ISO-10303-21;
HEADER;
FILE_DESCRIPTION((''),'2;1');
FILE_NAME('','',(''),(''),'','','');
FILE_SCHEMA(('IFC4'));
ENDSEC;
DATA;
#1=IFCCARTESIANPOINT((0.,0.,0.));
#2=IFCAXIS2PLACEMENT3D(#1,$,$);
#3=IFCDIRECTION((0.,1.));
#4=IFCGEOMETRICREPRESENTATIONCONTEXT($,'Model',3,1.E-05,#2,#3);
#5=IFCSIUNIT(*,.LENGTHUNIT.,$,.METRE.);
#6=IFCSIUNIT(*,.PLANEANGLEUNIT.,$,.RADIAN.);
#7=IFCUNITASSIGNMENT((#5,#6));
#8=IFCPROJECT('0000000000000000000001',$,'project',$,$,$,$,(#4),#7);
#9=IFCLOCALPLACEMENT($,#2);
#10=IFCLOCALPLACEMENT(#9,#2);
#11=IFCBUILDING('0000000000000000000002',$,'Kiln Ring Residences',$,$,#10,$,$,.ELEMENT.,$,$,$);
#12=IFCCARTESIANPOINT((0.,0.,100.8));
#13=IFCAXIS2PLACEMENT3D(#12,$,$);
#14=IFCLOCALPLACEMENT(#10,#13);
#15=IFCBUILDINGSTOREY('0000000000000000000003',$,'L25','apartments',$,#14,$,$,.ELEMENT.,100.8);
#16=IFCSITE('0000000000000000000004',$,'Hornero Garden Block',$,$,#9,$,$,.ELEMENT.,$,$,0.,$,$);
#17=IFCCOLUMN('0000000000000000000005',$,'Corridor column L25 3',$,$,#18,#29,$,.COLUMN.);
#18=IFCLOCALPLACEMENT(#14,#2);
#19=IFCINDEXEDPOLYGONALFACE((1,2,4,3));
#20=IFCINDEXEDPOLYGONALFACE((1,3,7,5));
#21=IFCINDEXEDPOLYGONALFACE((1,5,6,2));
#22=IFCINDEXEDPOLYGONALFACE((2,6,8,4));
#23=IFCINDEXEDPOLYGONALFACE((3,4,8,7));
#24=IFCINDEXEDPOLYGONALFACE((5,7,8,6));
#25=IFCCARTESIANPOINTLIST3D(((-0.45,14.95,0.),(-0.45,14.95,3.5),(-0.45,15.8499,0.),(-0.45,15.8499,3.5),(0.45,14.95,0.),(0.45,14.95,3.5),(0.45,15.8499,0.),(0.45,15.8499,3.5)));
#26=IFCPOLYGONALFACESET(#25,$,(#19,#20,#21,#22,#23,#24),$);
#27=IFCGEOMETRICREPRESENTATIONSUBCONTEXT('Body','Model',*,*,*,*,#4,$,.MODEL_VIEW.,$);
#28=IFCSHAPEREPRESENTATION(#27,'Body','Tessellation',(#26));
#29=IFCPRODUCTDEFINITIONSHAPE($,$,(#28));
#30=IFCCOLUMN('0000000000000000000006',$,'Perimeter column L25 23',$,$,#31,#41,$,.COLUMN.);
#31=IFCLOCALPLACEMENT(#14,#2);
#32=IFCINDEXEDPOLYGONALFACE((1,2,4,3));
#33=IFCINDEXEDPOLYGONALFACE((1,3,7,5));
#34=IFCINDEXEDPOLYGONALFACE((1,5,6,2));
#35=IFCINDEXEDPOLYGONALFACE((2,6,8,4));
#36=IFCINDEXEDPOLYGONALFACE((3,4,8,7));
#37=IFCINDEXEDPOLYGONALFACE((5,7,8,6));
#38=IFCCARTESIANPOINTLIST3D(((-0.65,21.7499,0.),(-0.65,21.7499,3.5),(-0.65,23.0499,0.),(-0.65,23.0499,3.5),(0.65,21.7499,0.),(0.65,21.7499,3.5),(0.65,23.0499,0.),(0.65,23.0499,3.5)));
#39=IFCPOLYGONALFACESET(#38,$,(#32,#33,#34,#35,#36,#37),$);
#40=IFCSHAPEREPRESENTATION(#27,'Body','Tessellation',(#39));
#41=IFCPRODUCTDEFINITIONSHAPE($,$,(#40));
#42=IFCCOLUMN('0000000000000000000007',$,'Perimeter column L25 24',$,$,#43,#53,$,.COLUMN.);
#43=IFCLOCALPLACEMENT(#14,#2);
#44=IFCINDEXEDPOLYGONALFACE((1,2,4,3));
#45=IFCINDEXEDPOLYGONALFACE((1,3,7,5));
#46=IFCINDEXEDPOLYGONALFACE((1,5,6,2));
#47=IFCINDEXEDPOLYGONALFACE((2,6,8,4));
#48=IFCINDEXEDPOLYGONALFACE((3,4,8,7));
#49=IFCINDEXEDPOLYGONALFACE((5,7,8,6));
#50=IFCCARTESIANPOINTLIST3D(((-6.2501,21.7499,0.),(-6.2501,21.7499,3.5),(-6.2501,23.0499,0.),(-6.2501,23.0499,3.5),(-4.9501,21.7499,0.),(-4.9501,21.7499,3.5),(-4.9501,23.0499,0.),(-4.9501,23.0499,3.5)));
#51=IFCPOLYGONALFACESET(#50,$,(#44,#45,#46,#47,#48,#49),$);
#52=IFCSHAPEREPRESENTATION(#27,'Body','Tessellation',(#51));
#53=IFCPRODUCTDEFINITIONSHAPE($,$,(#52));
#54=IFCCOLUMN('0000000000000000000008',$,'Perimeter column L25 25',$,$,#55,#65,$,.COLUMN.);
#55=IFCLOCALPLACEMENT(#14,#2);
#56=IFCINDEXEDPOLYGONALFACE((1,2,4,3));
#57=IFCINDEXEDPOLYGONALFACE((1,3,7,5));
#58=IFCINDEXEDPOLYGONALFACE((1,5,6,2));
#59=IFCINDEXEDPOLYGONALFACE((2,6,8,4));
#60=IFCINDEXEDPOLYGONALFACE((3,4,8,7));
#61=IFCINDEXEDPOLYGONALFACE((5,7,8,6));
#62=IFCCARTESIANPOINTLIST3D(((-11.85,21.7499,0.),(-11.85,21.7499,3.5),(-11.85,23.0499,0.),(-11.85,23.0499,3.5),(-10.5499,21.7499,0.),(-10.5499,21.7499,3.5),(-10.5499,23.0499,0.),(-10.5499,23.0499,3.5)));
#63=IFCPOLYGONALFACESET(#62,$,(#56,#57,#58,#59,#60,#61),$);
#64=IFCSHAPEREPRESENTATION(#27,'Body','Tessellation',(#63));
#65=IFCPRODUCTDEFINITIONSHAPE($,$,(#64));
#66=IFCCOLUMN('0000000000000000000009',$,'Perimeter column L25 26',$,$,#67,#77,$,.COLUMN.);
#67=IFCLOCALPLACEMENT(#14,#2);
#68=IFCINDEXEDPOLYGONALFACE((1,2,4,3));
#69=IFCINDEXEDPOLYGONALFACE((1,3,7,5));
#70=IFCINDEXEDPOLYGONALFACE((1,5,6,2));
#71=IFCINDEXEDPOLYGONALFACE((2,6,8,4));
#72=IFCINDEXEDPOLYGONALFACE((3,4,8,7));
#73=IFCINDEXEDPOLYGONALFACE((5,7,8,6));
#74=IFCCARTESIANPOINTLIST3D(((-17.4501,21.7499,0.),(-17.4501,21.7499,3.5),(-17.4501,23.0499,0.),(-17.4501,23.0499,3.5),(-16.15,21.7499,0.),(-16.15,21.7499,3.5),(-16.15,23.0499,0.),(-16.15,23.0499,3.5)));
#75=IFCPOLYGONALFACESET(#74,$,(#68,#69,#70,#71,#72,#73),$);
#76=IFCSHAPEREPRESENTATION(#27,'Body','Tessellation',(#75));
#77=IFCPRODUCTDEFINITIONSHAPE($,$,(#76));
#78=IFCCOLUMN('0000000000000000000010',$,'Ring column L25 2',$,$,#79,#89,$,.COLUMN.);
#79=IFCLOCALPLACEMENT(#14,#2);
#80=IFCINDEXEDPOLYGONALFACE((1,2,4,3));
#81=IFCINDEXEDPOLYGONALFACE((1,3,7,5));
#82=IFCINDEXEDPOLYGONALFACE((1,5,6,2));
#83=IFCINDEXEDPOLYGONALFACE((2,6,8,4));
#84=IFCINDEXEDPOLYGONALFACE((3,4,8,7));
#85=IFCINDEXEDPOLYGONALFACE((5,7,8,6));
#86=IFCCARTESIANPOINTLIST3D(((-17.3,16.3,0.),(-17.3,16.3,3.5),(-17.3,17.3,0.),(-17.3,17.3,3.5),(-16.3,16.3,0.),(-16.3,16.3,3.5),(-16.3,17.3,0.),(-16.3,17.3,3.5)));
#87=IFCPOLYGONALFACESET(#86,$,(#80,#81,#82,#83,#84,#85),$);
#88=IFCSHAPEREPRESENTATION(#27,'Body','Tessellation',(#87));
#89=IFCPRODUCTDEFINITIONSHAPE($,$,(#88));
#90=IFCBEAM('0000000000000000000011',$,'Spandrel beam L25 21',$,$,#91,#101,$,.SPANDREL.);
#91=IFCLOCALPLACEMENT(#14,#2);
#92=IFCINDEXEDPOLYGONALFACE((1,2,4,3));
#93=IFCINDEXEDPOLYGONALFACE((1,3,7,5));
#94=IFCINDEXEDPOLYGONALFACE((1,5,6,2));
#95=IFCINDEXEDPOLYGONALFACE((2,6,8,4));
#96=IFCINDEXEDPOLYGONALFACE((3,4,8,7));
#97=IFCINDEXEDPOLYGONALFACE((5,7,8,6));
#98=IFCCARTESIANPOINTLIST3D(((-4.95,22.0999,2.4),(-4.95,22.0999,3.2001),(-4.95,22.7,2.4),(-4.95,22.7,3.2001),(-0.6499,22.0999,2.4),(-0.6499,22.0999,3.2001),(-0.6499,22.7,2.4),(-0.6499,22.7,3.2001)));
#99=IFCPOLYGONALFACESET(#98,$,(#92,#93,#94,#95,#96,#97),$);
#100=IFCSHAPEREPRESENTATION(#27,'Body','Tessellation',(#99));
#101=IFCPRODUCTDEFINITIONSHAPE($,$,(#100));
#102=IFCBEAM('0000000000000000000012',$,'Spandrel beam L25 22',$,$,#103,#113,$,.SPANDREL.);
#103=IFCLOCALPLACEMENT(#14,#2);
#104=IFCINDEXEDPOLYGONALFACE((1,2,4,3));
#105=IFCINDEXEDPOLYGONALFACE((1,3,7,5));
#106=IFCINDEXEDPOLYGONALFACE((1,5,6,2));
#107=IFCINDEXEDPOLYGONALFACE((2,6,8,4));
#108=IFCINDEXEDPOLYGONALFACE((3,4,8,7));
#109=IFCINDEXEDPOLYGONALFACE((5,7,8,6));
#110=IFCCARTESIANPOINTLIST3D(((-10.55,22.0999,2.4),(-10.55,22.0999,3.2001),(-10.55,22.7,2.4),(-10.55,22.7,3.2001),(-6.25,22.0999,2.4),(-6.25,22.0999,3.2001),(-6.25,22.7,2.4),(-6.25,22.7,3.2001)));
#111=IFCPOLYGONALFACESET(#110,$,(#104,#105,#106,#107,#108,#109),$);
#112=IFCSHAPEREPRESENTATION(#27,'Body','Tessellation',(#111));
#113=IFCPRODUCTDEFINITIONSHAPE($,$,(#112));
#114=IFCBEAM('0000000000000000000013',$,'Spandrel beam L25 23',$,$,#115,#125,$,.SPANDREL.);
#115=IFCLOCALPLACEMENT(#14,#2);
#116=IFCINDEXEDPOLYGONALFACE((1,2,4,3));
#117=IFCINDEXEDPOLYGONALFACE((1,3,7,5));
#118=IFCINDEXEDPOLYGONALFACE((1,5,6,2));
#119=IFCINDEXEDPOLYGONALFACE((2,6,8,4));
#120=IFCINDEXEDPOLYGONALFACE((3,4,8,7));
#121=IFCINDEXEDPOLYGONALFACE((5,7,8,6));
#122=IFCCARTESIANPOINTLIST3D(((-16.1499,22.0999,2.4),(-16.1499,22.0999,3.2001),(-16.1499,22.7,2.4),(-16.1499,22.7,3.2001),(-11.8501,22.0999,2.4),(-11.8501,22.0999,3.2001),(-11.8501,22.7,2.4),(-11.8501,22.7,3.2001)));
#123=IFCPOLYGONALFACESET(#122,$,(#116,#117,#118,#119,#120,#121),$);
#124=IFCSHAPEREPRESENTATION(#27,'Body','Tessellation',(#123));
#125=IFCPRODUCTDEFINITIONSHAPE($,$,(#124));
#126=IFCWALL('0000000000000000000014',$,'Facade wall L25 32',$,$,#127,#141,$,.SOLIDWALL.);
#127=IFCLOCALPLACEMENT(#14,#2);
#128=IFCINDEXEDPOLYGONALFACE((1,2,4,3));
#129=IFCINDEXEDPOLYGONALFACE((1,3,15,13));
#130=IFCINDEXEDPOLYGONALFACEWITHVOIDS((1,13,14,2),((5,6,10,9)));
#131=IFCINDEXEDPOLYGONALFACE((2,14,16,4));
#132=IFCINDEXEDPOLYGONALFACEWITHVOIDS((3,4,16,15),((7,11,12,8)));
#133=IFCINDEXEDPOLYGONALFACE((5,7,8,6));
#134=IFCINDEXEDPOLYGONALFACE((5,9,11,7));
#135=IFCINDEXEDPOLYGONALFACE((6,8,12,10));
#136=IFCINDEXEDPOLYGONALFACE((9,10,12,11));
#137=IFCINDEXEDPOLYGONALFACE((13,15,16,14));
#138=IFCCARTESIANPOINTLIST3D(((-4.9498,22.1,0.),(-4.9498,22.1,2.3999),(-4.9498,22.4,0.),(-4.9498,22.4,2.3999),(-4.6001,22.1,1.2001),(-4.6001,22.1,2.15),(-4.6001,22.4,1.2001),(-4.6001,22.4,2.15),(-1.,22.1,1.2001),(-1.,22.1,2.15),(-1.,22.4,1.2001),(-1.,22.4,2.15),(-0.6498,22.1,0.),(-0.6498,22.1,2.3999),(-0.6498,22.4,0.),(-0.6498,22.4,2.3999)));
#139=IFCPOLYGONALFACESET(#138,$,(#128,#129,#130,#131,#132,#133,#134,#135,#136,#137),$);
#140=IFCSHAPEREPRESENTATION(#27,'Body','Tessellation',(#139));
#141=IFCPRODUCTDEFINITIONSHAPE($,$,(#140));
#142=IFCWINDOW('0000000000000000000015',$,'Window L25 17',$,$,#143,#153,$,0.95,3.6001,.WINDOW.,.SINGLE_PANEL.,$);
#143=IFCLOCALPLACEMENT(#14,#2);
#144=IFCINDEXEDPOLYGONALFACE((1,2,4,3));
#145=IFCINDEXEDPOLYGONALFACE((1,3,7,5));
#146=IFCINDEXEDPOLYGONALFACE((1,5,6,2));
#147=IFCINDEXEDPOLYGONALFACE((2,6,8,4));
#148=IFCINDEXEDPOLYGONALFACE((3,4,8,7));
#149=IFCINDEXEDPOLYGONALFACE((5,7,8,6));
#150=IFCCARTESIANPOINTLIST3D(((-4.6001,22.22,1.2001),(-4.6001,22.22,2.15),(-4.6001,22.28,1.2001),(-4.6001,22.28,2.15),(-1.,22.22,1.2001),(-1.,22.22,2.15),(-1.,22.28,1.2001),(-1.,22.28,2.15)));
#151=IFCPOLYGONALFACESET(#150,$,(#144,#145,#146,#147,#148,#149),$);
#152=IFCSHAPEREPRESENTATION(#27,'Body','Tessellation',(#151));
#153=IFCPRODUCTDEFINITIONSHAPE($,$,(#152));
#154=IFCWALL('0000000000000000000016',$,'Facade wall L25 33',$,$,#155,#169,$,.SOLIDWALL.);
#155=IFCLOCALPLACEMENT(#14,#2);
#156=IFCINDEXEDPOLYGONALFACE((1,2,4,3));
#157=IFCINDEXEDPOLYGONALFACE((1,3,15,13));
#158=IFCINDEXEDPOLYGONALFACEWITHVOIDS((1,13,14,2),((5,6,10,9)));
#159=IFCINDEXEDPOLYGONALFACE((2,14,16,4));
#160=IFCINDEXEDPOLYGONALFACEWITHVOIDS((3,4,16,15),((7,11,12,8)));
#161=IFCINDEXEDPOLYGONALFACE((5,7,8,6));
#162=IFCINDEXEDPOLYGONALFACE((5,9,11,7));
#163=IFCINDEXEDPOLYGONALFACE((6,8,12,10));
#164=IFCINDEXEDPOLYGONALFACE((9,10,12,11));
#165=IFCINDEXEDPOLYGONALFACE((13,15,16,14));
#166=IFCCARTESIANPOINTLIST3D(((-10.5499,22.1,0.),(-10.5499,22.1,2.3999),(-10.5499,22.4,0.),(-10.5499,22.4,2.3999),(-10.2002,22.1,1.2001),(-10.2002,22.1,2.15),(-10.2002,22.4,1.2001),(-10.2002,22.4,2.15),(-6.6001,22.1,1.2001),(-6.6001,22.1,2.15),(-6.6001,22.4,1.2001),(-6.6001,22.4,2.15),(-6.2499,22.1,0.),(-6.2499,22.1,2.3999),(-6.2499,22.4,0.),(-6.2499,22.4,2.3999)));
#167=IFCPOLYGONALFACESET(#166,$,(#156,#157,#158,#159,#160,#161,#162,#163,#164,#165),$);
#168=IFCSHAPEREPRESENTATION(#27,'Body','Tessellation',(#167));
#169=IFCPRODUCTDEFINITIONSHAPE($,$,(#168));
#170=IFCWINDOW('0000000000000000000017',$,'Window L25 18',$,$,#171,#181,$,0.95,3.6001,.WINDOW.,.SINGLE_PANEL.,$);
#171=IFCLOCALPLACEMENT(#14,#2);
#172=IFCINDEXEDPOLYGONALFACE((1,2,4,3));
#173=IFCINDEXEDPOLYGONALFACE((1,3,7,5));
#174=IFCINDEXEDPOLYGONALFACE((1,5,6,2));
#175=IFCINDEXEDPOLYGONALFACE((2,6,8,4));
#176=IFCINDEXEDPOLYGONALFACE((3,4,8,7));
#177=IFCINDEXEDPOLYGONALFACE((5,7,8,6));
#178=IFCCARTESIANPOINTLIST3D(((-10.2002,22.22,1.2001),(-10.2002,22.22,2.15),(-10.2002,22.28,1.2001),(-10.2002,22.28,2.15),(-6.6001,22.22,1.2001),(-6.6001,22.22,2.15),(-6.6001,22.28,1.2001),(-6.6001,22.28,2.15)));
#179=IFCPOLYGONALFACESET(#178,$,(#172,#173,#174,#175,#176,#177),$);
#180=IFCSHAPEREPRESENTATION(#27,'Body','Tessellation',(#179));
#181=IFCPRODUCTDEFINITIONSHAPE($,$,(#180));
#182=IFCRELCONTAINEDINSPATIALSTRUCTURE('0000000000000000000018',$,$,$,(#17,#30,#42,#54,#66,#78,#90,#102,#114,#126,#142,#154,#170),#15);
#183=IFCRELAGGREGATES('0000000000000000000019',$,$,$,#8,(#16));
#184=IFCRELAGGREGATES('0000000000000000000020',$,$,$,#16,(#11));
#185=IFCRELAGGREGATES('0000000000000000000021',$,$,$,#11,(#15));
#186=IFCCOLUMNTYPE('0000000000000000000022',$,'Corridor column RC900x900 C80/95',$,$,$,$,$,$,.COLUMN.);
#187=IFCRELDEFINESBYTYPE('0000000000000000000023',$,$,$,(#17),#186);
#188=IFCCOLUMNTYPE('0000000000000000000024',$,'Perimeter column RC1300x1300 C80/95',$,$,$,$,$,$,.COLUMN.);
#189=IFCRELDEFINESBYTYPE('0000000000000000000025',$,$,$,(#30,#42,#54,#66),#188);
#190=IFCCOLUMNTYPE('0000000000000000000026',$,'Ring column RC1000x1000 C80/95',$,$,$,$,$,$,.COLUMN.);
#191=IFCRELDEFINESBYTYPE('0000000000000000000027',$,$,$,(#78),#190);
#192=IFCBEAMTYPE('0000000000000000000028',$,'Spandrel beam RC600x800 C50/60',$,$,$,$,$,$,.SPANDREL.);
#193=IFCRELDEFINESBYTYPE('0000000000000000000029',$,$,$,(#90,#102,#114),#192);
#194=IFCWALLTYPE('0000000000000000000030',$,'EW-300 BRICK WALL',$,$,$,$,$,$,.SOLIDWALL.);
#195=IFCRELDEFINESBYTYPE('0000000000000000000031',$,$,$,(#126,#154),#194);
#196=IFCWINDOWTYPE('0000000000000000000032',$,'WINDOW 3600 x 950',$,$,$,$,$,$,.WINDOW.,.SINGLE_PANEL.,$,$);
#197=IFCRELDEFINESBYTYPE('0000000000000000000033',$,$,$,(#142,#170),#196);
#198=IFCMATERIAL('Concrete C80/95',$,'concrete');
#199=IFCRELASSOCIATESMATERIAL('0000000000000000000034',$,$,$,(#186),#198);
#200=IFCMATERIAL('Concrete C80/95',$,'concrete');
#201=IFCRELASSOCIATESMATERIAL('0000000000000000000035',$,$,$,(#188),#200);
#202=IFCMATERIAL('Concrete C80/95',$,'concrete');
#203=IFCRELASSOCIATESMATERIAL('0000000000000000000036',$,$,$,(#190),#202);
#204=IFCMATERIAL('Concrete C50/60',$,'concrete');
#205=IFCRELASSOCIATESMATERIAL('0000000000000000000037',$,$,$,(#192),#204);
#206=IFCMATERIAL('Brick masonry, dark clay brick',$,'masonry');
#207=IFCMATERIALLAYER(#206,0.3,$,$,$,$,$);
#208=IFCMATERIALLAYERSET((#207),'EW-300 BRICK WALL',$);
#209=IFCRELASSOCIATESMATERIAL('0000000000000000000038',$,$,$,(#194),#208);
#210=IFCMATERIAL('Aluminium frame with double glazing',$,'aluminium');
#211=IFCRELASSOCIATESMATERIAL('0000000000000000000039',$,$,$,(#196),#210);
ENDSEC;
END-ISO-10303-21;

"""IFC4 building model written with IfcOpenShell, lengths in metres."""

from ifc_helpers import new_model, si_unit, direction, frame, frame_2d, origin, origin_2d, place, context, subcontext, project, spatial, rectangle, extrude, material, layer, layer_set, material_profile, profile_set, type_object, element, fill, save


model = new_model("IFC4")

# Units and contexts
model_context = context("Model", 3, precision=1e-05, world=origin(), true_north=direction((0.0, 1.0)))
body_context = subcontext(model_context, "Body", "Model", "MODEL_VIEW")
ifc_project = project(units=[si_unit("LENGTHUNIT", "METRE"), si_unit("PLANEANGLEUNIT", "RADIAN")], contexts=[model_context])

# Site, building, storey
site_placement = place(None, origin())
site = spatial("IfcSite", under=ifc_project, at=site_placement, Name="Hornero Garden Block", CompositionType="ELEMENT", RefElevation=0.0)
building_placement = place(site_placement, origin())
building = spatial("IfcBuilding", under=site, at=building_placement, Name="Kiln Ring Residences", CompositionType="ELEMENT")
storey_placement = place(building_placement, frame((0.0, 0.0, 100.8)))
storey = spatial("IfcBuildingStorey", under=building, at=storey_placement, Name="L25", Description="apartments", CompositionType="ELEMENT", Elevation=100.8)

# Columns
ifc_material_1 = material(Name="Concrete C80/95", Category="concrete")
ifc_material_profile_1 = material_profile(ifc_material_1, rectangle(XDim=0.8999, YDim=0.8999, at=origin_2d()), Name="RC900x900")
ifc_profile_set_1 = profile_set([ifc_material_profile_1], Name="Concrete C80/95")
column_type_1 = type_object("IfcColumnType", Name="Corridor column RC900x900 C80/95", PredefinedType="COLUMN", material=ifc_profile_set_1)
column_1_placement = place(storey_placement, frame((0.0, 15.3999, 0.0), z_axis=(0.0, 0.0, 1.0), x_axis=(1.0, 0.0, 0.0)))
element("IfcColumn", 1, at=column_1_placement, inside=storey, type_object=column_type_1, Name="Corridor column L25 3", PredefinedType="COLUMN", context=body_context, shape_type="SweptSolid", body=[
    extrude(rectangle(XDim=0.8999, YDim=0.8999, at=origin_2d()), origin(), (0.0, 0.0, 1.0), 3.5),
])
ifc_material_2 = material(Name="Concrete C80/95", Category="concrete")
ifc_material_profile_2 = material_profile(ifc_material_2, rectangle(XDim=1.3, YDim=1.3, at=origin_2d()), Name="RC1300x1300")
ifc_profile_set_2 = profile_set([ifc_material_profile_2], Name="Concrete C80/95")
column_type_2 = type_object("IfcColumnType", Name="Perimeter column RC1300x1300 C80/95", PredefinedType="COLUMN", material=ifc_profile_set_2)
for number, where, z_axis, x_axis, name in (
    (2, (0.0, 22.3999, 0.0), (0.0, 0.0, 1.0), (1.0, 0.0, 0.0), "Perimeter column L25 23"),
    (3, (-5.6001, 22.3999, 0.0), (0.0, 0.0, 1.0), (1.0, 0.0, 0.0), "Perimeter column L25 24"),
    (4, (-11.2, 22.3999, 0.0), (0.0, 0.0, 1.0), (1.0, 0.0, 0.0), "Perimeter column L25 25"),
    (5, (-16.8, 22.3999, 0.0), (0.0, 0.0, 1.0), (1.0, 0.0, 0.0), "Perimeter column L25 26"),
):
    element("IfcColumn", number, at=place(storey_placement, frame(where, z_axis=z_axis, x_axis=x_axis)), inside=storey, type_object=column_type_2, Name=name, PredefinedType="COLUMN", context=body_context, shape_type="SweptSolid", body=[
        extrude(rectangle(XDim=1.3, YDim=1.3, at=origin_2d()), origin(), (0.0, 0.0, 1.0), 3.5),
    ])
ifc_material_3 = material(Name="Concrete C80/95", Category="concrete")
ifc_material_profile_3 = material_profile(ifc_material_3, rectangle(XDim=1.0, YDim=1.0, at=origin_2d()), Name="RC1000x1000")
ifc_profile_set_3 = profile_set([ifc_material_profile_3], Name="Concrete C80/95")
column_type_3 = type_object("IfcColumnType", Name="Ring column RC1000x1000 C80/95", PredefinedType="COLUMN", material=ifc_profile_set_3)
column_2_placement = place(storey_placement, frame((-16.8, 16.8, 0.0), z_axis=(0.0, 0.0, 1.0), x_axis=(1.0, 0.0, 0.0)))
element("IfcColumn", 6, at=column_2_placement, inside=storey, type_object=column_type_3, Name="Ring column L25 2", PredefinedType="COLUMN", context=body_context, shape_type="SweptSolid", body=[
    extrude(rectangle(XDim=1.0, YDim=1.0, at=origin_2d()), origin(), (0.0, 0.0, 1.0), 3.5),
])

# Beams
ifc_material_4 = material(Name="Concrete C50/60", Category="concrete")
ifc_material_profile_4 = material_profile(ifc_material_4, rectangle(XDim=0.6001, YDim=0.8, at=origin_2d()), Name="RC600x800")
ifc_profile_set_4 = profile_set([ifc_material_profile_4], Name="Concrete C50/60")
beam_type = type_object("IfcBeamType", Name="Spandrel beam RC600x800 C50/60", PredefinedType="SPANDREL", material=ifc_profile_set_4)
for number, where, z_axis, x_axis, name in (
    (7, (-0.6499, 22.3999, 2.8), (-1.0, 0.0, 0.0), (0.0, -1.0, 0.0), "Spandrel beam L25 21"),
    (8, (-6.25, 22.3999, 2.8), (-1.0, 0.0, 0.0), (0.0, -1.0, 0.0), "Spandrel beam L25 22"),
):
    element("IfcBeam", number, at=place(storey_placement, frame(where, z_axis=z_axis, x_axis=x_axis)), inside=storey, type_object=beam_type, Name=name, PredefinedType="SPANDREL", context=body_context, shape_type="SweptSolid", body=[
        extrude(rectangle(XDim=0.6001, YDim=0.8, at=origin_2d()), origin(), (0.0, 0.0, 1.0), 4.3),
    ])
beam_placement = place(storey_placement, frame((-11.8501, 22.3999, 2.8), z_axis=(-1.0, 0.0, 0.0), x_axis=(0.0, -1.0, 0.0)))
element("IfcBeam", 9, at=beam_placement, inside=storey, type_object=beam_type, Name="Spandrel beam L25 23", PredefinedType="SPANDREL", context=body_context, shape_type="SweptSolid", body=[
    extrude(rectangle(XDim=0.6001, YDim=0.8, at=origin_2d()), origin(), (0.0, 0.0, 1.0), 4.2998),
])

# Walls, openings, windows
ifc_material_5 = material(Name="Brick masonry, dark clay brick", Category="masonry")
ifc_layer_1 = layer(ifc_material_5, 0.3)
ifc_layer_set_1 = layer_set([ifc_layer_1], Name="EW-300 BRICK WALL")
wall_type_1 = type_object("IfcWallType", Name="EW-300 BRICK WALL", PredefinedType="SOLIDWALL", material=ifc_layer_set_1)
wall_1_placement = place(storey_placement, frame((-0.6499, 22.25, 0.0), z_axis=(0.0, 0.0, 1.0), x_axis=(-1.0, 0.0, 0.0)))
wall_1 = element("IfcWall", 10, at=wall_1_placement, inside=storey, type_object=wall_type_1, Name="Facade wall L25 32", PredefinedType="SOLIDWALL", context=body_context, shape_type="SweptSolid", body=[
    extrude(rectangle(XDim=4.3, YDim=0.3, at=frame_2d((2.1499, 0.0))), origin(), (0.0, 0.0, 1.0), 2.3999),
])
opening_1_placement = place(wall_1_placement, frame((0.3501, 0.0, 1.2)))
opening_1 = element("IfcOpeningElement", 11, at=opening_1_placement, cuts=wall_1, PredefinedType="OPENING", context=body_context, shape_type="SweptSolid", body=[
    extrude(rectangle(XDim=3.6001, YDim=0.95, at=frame_2d((1.8, 0.4751))), frame((0.0, 0.1599, 0.0), z_axis=(0.0, -1.0, 0.0), x_axis=(1.0, 0.0, 0.0)), (0.0, 0.0, 1.0), 0.3201),
])
ifc_material_6 = material(Name="Aluminium frame with double glazing", Category="aluminium")
window_type = type_object("IfcWindowType", Name="WINDOW 3600 x 950", PartitioningType="SINGLE_PANEL", PredefinedType="WINDOW", material=ifc_material_6)
window_1_placement = place(opening_1_placement, origin())
window_1 = element("IfcWindow", 12, at=window_1_placement, inside=storey, type_object=window_type, Name="Window L25 17", OverallHeight=0.95, OverallWidth=3.6001, PartitioningType="SINGLE_PANEL", PredefinedType="WINDOW", context=body_context, shape_type="SweptSolid", body=[
    extrude(rectangle(XDim=3.6001, YDim=0.95, at=frame_2d((1.8, 0.4751))), frame((0.0, 0.03, 0.0), z_axis=(0.0, -1.0, 0.0), x_axis=(1.0, 0.0, 0.0)), (0.0, 0.0, 1.0), 0.0601),
])
fill(opening_1, window_1)
wall_2_placement = place(storey_placement, frame((-6.25, 22.25, 0.0), z_axis=(0.0, 0.0, 1.0), x_axis=(-1.0, 0.0, 0.0)))
wall_2 = element("IfcWall", 13, at=wall_2_placement, inside=storey, type_object=wall_type_1, Name="Facade wall L25 33", PredefinedType="SOLIDWALL", context=body_context, shape_type="SweptSolid", body=[
    extrude(rectangle(XDim=4.3, YDim=0.3, at=frame_2d((2.1499, 0.0))), origin(), (0.0, 0.0, 1.0), 2.3999),
])
opening_2_placement = place(wall_2_placement, frame((0.3501, 0.0, 1.2)))
opening_2 = element("IfcOpeningElement", 14, at=opening_2_placement, cuts=wall_2, PredefinedType="OPENING", context=body_context, shape_type="SweptSolid", body=[
    extrude(rectangle(XDim=3.6001, YDim=0.95, at=frame_2d((1.8, 0.4751))), frame((0.0, 0.1599, 0.0), z_axis=(0.0, -1.0, 0.0), x_axis=(1.0, 0.0, 0.0)), (0.0, 0.0, 1.0), 0.3201),
])
window_2_placement = place(opening_2_placement, origin())
window_2 = element("IfcWindow", 15, at=window_2_placement, inside=storey, type_object=window_type, Name="Window L25 18", OverallHeight=0.95, OverallWidth=3.6001, PartitioningType="SINGLE_PANEL", PredefinedType="WINDOW", context=body_context, shape_type="SweptSolid", body=[
    extrude(rectangle(XDim=3.6001, YDim=0.95, at=frame_2d((1.8, 0.4751))), frame((0.0, 0.03, 0.0), z_axis=(0.0, -1.0, 0.0), x_axis=(1.0, 0.0, 0.0)), (0.0, 0.0, 1.0), 0.0601),
])
fill(opening_2, window_2)

save(model, "model.ifc")
